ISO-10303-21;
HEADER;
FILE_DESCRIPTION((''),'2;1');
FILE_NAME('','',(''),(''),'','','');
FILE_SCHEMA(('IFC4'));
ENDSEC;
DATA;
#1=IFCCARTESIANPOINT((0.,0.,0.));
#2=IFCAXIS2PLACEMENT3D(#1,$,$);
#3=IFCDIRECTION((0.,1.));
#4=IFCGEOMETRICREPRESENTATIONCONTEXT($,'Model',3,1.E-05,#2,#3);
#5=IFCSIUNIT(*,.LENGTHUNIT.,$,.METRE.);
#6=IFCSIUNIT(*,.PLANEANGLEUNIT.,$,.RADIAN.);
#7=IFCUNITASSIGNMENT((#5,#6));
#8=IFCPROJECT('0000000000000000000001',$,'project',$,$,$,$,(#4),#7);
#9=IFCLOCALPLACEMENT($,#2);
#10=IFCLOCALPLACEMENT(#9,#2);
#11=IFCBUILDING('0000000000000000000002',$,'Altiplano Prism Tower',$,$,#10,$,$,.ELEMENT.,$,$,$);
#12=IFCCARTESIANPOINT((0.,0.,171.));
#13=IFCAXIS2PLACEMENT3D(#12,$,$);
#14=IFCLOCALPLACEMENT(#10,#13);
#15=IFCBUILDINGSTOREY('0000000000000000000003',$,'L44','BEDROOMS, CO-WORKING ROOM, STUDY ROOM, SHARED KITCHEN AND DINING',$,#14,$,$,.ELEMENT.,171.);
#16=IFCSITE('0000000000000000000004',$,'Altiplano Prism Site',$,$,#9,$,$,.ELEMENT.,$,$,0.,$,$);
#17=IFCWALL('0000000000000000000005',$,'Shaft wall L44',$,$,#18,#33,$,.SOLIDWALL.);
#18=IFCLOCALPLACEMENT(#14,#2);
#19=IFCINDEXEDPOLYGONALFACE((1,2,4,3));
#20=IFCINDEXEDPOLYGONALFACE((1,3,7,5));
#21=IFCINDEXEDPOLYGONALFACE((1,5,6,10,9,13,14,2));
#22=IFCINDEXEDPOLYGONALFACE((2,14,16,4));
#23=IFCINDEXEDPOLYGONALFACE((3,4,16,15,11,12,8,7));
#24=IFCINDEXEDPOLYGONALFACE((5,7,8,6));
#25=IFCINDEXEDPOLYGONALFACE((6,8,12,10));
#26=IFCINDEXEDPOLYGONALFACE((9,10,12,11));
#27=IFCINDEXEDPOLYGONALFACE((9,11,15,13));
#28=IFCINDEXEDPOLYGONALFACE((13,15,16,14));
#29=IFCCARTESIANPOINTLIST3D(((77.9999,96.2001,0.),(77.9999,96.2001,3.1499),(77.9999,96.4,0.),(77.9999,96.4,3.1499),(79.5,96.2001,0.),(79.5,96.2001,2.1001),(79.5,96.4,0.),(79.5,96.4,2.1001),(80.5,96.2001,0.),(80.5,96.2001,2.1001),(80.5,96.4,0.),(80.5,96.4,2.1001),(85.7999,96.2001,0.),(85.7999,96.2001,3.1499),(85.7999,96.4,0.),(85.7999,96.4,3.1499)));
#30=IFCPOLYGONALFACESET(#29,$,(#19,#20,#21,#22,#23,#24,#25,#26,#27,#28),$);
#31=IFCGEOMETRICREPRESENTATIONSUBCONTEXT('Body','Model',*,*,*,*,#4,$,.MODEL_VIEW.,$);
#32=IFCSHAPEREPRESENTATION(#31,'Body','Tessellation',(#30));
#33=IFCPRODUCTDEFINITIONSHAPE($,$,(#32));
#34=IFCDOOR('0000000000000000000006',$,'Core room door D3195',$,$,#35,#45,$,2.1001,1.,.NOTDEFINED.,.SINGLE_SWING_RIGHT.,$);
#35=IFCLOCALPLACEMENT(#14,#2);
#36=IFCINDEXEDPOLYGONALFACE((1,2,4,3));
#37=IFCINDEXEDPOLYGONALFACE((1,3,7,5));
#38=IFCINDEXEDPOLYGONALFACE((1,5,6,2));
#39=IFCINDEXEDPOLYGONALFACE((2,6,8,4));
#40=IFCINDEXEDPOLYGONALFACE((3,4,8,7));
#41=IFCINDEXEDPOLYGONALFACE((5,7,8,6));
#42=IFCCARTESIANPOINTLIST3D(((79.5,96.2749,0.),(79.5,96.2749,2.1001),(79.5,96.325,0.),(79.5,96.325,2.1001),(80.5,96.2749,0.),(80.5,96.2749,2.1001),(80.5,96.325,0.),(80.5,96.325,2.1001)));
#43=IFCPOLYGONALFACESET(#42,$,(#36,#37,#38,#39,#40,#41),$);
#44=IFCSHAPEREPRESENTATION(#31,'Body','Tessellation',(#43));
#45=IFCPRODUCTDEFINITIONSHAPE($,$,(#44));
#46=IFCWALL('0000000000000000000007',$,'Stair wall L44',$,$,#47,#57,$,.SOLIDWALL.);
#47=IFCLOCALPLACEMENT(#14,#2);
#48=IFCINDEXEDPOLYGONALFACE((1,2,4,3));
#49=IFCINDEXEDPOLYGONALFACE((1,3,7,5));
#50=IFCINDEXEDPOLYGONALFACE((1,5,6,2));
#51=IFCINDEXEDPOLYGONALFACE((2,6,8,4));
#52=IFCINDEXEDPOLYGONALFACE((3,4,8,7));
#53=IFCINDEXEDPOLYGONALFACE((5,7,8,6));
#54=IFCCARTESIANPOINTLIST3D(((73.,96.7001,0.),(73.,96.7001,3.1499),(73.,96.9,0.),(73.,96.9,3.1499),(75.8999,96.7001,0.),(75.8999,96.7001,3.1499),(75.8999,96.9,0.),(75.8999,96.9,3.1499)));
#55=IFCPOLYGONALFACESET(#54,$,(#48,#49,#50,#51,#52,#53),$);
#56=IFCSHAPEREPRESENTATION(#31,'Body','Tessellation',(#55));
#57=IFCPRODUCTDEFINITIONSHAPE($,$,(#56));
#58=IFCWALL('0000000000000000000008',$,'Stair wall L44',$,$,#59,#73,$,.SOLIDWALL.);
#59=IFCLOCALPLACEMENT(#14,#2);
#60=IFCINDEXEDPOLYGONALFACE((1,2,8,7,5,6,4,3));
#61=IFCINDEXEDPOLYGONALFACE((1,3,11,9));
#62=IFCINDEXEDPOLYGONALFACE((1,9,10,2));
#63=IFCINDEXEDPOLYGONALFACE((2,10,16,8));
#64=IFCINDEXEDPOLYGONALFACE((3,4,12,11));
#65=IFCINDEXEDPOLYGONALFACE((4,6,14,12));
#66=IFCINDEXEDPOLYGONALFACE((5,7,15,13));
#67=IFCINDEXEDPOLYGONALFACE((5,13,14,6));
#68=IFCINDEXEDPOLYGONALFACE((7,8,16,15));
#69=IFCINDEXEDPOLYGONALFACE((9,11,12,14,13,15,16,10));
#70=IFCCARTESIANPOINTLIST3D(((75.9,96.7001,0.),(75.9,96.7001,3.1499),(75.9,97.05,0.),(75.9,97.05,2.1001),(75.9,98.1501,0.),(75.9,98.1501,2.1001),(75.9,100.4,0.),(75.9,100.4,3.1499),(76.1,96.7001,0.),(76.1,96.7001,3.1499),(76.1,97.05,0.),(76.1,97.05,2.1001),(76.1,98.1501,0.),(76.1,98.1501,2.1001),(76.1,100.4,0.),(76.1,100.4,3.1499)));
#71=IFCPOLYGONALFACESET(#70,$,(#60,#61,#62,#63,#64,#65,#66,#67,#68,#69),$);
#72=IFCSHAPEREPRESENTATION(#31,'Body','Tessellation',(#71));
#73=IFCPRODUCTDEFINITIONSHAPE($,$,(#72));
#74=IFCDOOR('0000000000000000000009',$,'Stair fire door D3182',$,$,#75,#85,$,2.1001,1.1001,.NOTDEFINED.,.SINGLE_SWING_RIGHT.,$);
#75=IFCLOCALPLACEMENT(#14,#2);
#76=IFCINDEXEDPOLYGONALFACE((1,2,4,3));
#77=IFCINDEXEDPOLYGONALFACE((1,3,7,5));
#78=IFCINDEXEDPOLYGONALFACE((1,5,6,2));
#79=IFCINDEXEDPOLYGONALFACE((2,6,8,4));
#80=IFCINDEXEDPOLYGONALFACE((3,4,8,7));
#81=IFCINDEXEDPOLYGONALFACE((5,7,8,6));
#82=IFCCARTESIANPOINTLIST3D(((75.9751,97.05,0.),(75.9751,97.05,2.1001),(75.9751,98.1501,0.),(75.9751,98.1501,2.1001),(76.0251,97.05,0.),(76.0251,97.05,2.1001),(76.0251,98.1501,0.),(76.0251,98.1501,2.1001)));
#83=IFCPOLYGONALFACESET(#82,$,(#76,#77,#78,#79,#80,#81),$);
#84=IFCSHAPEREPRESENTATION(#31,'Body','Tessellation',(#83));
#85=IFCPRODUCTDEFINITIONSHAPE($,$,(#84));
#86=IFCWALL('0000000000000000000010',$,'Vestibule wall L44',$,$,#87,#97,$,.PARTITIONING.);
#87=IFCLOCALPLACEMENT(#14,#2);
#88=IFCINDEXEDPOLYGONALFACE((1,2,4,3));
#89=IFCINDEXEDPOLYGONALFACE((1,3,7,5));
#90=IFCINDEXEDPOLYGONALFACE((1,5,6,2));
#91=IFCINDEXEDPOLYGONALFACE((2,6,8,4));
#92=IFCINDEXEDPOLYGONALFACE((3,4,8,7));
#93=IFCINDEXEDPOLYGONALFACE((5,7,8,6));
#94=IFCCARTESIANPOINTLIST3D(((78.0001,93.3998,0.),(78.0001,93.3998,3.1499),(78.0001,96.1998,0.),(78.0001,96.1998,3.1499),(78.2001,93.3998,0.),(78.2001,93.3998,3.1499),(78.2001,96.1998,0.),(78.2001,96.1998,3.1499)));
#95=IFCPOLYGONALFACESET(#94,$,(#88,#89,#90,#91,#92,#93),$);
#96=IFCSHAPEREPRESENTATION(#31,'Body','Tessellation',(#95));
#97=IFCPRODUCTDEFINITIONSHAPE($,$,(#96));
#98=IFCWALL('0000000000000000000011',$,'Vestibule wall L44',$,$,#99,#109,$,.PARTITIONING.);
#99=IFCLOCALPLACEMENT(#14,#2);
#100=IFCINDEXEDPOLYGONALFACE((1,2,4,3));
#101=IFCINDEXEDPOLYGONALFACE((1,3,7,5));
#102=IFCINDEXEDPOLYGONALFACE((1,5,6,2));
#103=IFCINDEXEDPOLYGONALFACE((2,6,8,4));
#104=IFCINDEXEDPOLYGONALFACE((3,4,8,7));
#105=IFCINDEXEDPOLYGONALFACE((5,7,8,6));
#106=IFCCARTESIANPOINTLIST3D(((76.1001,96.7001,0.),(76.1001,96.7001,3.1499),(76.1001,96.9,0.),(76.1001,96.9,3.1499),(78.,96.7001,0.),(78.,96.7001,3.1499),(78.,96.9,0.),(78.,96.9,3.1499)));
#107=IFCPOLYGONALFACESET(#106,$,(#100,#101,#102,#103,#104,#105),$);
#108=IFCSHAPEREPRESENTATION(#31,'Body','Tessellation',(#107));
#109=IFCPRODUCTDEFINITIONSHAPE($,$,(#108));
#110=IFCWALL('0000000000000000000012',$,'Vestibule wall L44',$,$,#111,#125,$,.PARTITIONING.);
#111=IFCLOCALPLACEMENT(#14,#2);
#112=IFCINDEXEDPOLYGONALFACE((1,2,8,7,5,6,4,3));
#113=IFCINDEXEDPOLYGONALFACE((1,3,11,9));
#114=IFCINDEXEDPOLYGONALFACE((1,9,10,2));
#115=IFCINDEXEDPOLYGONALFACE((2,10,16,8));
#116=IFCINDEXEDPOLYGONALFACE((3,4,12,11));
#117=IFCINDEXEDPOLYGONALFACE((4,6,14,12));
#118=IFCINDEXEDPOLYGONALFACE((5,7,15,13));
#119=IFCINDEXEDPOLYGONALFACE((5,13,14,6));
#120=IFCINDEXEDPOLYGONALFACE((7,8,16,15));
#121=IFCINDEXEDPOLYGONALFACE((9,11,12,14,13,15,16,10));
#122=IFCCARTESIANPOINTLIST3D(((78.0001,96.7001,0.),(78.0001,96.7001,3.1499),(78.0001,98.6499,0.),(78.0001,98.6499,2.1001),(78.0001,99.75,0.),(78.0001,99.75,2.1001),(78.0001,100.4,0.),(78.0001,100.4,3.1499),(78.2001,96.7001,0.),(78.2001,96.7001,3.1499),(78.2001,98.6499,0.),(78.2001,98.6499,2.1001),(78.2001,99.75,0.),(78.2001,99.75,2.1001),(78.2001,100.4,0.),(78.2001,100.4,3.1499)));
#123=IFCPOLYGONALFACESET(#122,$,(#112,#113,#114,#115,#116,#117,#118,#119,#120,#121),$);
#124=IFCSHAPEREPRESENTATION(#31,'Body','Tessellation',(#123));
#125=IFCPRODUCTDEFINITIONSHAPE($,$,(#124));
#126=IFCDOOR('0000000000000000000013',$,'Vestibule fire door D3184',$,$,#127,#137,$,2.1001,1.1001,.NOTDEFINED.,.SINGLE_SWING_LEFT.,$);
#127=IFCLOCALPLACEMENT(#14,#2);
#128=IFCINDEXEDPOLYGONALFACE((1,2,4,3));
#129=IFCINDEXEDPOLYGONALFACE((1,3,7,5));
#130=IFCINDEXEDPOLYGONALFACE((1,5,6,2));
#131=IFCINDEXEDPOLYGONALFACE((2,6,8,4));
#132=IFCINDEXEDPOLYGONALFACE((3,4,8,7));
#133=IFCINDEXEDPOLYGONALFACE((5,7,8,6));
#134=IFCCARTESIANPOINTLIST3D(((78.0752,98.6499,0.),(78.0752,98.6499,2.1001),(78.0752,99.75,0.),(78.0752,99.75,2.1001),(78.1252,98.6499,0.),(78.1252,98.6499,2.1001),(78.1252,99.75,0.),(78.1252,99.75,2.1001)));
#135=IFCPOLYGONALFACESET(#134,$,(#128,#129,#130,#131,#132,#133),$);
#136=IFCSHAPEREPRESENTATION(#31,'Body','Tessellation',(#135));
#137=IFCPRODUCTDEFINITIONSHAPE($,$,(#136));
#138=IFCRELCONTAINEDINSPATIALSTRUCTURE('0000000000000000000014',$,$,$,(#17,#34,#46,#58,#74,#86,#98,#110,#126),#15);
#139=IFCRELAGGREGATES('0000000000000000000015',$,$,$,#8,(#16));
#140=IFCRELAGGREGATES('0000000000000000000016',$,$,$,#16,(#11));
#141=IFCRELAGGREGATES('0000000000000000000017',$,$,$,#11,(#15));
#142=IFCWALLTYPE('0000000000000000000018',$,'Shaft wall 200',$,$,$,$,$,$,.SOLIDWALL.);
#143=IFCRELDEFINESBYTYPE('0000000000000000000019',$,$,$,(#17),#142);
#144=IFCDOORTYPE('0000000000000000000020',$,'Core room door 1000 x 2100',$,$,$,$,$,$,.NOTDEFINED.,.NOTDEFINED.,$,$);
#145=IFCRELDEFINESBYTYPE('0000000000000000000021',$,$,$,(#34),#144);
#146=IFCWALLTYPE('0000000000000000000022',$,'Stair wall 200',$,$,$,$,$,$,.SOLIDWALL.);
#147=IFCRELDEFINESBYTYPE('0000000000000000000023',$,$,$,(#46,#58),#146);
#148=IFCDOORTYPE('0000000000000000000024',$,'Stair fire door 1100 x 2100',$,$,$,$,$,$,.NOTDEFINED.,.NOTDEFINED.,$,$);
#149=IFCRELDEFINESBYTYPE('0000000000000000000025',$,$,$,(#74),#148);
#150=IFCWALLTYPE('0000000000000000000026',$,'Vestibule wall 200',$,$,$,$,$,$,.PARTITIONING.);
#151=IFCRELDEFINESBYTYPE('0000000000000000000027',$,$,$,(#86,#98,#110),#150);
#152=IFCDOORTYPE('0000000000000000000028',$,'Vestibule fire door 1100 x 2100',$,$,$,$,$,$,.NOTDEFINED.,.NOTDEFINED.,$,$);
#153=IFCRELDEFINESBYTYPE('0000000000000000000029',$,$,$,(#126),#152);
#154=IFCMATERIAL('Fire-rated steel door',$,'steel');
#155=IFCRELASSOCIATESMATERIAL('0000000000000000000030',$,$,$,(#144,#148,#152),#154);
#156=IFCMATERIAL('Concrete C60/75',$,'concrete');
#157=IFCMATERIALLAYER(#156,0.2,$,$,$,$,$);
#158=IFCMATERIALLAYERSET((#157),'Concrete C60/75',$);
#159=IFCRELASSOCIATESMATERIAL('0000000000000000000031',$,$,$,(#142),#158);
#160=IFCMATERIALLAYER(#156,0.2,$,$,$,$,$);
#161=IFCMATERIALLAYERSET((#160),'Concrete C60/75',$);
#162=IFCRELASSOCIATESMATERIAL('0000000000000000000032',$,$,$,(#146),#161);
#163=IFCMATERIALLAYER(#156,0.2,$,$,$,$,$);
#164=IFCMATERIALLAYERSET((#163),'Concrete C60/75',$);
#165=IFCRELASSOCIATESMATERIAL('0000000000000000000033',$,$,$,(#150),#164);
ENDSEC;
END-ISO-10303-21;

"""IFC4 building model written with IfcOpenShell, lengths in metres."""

from ifc_helpers import new_model, si_unit, direction, frame, frame_2d, origin, place, context, subcontext, project, spatial, rectangle, extrude, material, layer, layer_set, type_object, element, fill, save


model = new_model("IFC4")

# Units and contexts
model_context = context("Model", 3, precision=1e-05, world=origin(), true_north=direction((0.0, 1.0)))
body_context = subcontext(model_context, "Body", "Model", "MODEL_VIEW")
ifc_project = project(units=[si_unit("LENGTHUNIT", "METRE"), si_unit("PLANEANGLEUNIT", "RADIAN")], contexts=[model_context])

# Site, building, storey
site_placement = place(None, origin())
site = spatial("IfcSite", under=ifc_project, at=site_placement, Name="Altiplano Prism Site", CompositionType="ELEMENT", RefElevation=0.0)
building_placement = place(site_placement, origin())
building = spatial("IfcBuilding", under=site, at=building_placement, Name="Altiplano Prism Tower", CompositionType="ELEMENT")
storey_placement = place(building_placement, frame((0.0, 0.0, 171.0)))
storey = spatial("IfcBuildingStorey", under=building, at=storey_placement, Name="L44", Description="BEDROOMS, CO-WORKING ROOM, STUDY ROOM, SHARED KITCHEN AND DINING", CompositionType="ELEMENT", Elevation=171.0)

# Shared definitions
ifc_material_1 = material(Name="Concrete C60/75", Category="concrete")

# Shared definitions
ifc_material_2 = material(Name="Fire-rated steel door", Category="steel")
door_type_1 = type_object("IfcDoorType", Name="Core room door 1000 x 2100", OperationType="NOTDEFINED", PredefinedType="NOTDEFINED", material=ifc_material_2)

# Wall, opening, door
ifc_layer_1 = layer(ifc_material_1, 0.2)
ifc_layer_set_1 = layer_set([ifc_layer_1], Name="Concrete C60/75")
wall_type_1 = type_object("IfcWallType", Name="Shaft wall 200", PredefinedType="SOLIDWALL", material=ifc_layer_set_1)
wall_1_placement = place(storey_placement, frame((78.0, 96.3, 0.0), z_axis=(0.0, 0.0, 1.0), x_axis=(1.0, 0.0, 0.0)))
wall_1 = element("IfcWall", 1, at=wall_1_placement, inside=storey, type_object=wall_type_1, Name="Shaft wall L44", PredefinedType="SOLIDWALL", context=body_context, shape_type="SweptSolid", body=[
    extrude(rectangle(XDim=7.8, YDim=0.2, at=frame_2d((3.8999, 0.0))), origin(), (0.0, 0.0, 1.0), 3.1499),
])
opening_1_placement = place(wall_1_placement, frame((1.5, 0.0, 0.0)))
opening_1 = element("IfcOpeningElement", 2, at=opening_1_placement, cuts=wall_1, PredefinedType="OPENING", context=body_context, shape_type="SweptSolid", body=[
    extrude(rectangle(XDim=1.0, YDim=2.1001, at=frame_2d((0.5, 1.05))), frame((0.0, 0.1104, 0.0), z_axis=(0.0, -1.0, 0.0), x_axis=(1.0, 0.0, 0.0)), (0.0, 0.0, 1.0), 0.2209),
])
door_1_placement = place(opening_1_placement, origin())
door_1 = element("IfcDoor", 3, at=door_1_placement, inside=storey, type_object=door_type_1, Name="Core room door D3195", OperationType="SINGLE_SWING_RIGHT", OverallHeight=2.1001, OverallWidth=1.0, PredefinedType="NOTDEFINED", context=body_context, shape_type="SweptSolid", body=[
    extrude(rectangle(XDim=1.0, YDim=2.1001, at=frame_2d((0.5, 1.05))), frame((0.0, 0.0249, 0.0), z_axis=(0.0, -1.0, 0.0), x_axis=(1.0, 0.0, 0.0)), (0.0, 0.0, 1.0), 0.05),
])
fill(opening_1, door_1)

# Wall
ifc_layer_2 = layer(ifc_material_1, 0.2)
ifc_layer_set_2 = layer_set([ifc_layer_2], Name="Concrete C60/75")
wall_type_2 = type_object("IfcWallType", Name="Stair wall 200", PredefinedType="SOLIDWALL", material=ifc_layer_set_2)
wall_2_placement = place(storey_placement, frame((73.0, 96.8, 0.0), z_axis=(0.0, 0.0, 1.0), x_axis=(1.0, 0.0, 0.0)))
element("IfcWall", 4, at=wall_2_placement, inside=storey, type_object=wall_type_2, Name="Stair wall L44", PredefinedType="SOLIDWALL", context=body_context, shape_type="SweptSolid", body=[
    extrude(rectangle(XDim=2.8999, YDim=0.2, at=frame_2d((1.45, 0.0))), origin(), (0.0, 0.0, 1.0), 3.1499),
])

# Wall, opening, door
wall_3_placement = place(storey_placement, frame((76.0, 96.7, 0.0), z_axis=(0.0, 0.0, 1.0), x_axis=(0.0, 1.0, 0.0)))
wall_3 = element("IfcWall", 5, at=wall_3_placement, inside=storey, type_object=wall_type_2, Name="Stair wall L44", PredefinedType="SOLIDWALL", context=body_context, shape_type="SweptSolid", body=[
    extrude(rectangle(XDim=3.7, YDim=0.2, at=frame_2d((1.8501, 0.0))), origin(), (0.0, 0.0, 1.0), 3.1499),
])
opening_2_placement = place(wall_3_placement, frame((0.3501, 0.0, 0.0)))
opening_2 = element("IfcOpeningElement", 6, at=opening_2_placement, cuts=wall_3, PredefinedType="OPENING", context=body_context, shape_type="SweptSolid", body=[
    extrude(rectangle(XDim=1.1001, YDim=2.1001, at=frame_2d((0.55, 1.05))), frame((0.0, 0.1104, 0.0), z_axis=(0.0, -1.0, 0.0), x_axis=(1.0, 0.0, 0.0)), (0.0, 0.0, 1.0), 0.2209),
])
door_type_2 = type_object("IfcDoorType", Name="Stair fire door 1100 x 2100", OperationType="NOTDEFINED", PredefinedType="NOTDEFINED", material=ifc_material_2)
door_2_placement = place(opening_2_placement, origin())
door_2 = element("IfcDoor", 7, at=door_2_placement, inside=storey, type_object=door_type_2, Name="Stair fire door D3182", OperationType="SINGLE_SWING_RIGHT", OverallHeight=2.1001, OverallWidth=1.1001, PredefinedType="NOTDEFINED", context=body_context, shape_type="SweptSolid", body=[
    extrude(rectangle(XDim=1.1001, YDim=2.1001, at=frame_2d((0.55, 1.05))), frame((0.0, 0.0249, 0.0), z_axis=(0.0, -1.0, 0.0), x_axis=(1.0, 0.0, 0.0)), (0.0, 0.0, 1.0), 0.05),
])
fill(opening_2, door_2)

# Walls
ifc_layer_3 = layer(ifc_material_1, 0.2)
ifc_layer_set_3 = layer_set([ifc_layer_3], Name="Concrete C60/75")
wall_type_3 = type_object("IfcWallType", Name="Vestibule wall 200", PredefinedType="PARTITIONING", material=ifc_layer_set_3)
wall_4_placement = place(storey_placement, frame((78.1001, 93.3999, 0.0), z_axis=(0.0, 0.0, 1.0), x_axis=(0.0, 1.0, 0.0)))
element("IfcWall", 8, at=wall_4_placement, inside=storey, type_object=wall_type_3, Name="Vestibule wall L44", PredefinedType="PARTITIONING", context=body_context, shape_type="SweptSolid", body=[
    extrude(rectangle(XDim=2.8, YDim=0.2, at=frame_2d((1.3999, 0.0))), origin(), (0.0, 0.0, 1.0), 3.1499),
])
wall_5_placement = place(storey_placement, frame((76.1001, 96.8, 0.0), z_axis=(0.0, 0.0, 1.0), x_axis=(1.0, 0.0, 0.0)))
element("IfcWall", 9, at=wall_5_placement, inside=storey, type_object=wall_type_3, Name="Vestibule wall L44", PredefinedType="PARTITIONING", context=body_context, shape_type="SweptSolid", body=[
    extrude(rectangle(XDim=1.8999, YDim=0.2, at=frame_2d((0.95, 0.0))), origin(), (0.0, 0.0, 1.0), 3.1499),
])

# Wall, opening, door
wall_6_placement = place(storey_placement, frame((78.1001, 96.7, 0.0), z_axis=(0.0, 0.0, 1.0), x_axis=(0.0, 1.0, 0.0)))
wall_6 = element("IfcWall", 10, at=wall_6_placement, inside=storey, type_object=wall_type_3, Name="Vestibule wall L44", PredefinedType="PARTITIONING", context=body_context, shape_type="SweptSolid", body=[
    extrude(rectangle(XDim=3.7, YDim=0.2, at=frame_2d((1.8501, 0.0))), origin(), (0.0, 0.0, 1.0), 3.1499),
])
opening_3_placement = place(wall_6_placement, frame((1.95, 0.0, 0.0)))
opening_3 = element("IfcOpeningElement", 11, at=opening_3_placement, cuts=wall_6, PredefinedType="OPENING", context=body_context, shape_type="SweptSolid", body=[
    extrude(rectangle(XDim=1.1001, YDim=2.1001, at=frame_2d((0.55, 1.05))), frame((0.0, 0.1104, 0.0), z_axis=(0.0, -1.0, 0.0), x_axis=(1.0, 0.0, 0.0)), (0.0, 0.0, 1.0), 0.2209),
])
door_type_3 = type_object("IfcDoorType", Name="Vestibule fire door 1100 x 2100", OperationType="NOTDEFINED", PredefinedType="NOTDEFINED", material=ifc_material_2)
door_3_placement = place(opening_3_placement, origin())
door_3 = element("IfcDoor", 12, at=door_3_placement, inside=storey, type_object=door_type_3, Name="Vestibule fire door D3184", OperationType="SINGLE_SWING_LEFT", OverallHeight=2.1001, OverallWidth=1.1001, PredefinedType="NOTDEFINED", context=body_context, shape_type="SweptSolid", body=[
    extrude(rectangle(XDim=1.1001, YDim=2.1001, at=frame_2d((0.55, 1.05))), frame((0.0, 0.0249, 0.0), z_axis=(0.0, -1.0, 0.0), x_axis=(1.0, 0.0, 0.0)), (0.0, 0.0, 1.0), 0.05),
])
fill(opening_3, door_3)

save(model, "model.ifc")
